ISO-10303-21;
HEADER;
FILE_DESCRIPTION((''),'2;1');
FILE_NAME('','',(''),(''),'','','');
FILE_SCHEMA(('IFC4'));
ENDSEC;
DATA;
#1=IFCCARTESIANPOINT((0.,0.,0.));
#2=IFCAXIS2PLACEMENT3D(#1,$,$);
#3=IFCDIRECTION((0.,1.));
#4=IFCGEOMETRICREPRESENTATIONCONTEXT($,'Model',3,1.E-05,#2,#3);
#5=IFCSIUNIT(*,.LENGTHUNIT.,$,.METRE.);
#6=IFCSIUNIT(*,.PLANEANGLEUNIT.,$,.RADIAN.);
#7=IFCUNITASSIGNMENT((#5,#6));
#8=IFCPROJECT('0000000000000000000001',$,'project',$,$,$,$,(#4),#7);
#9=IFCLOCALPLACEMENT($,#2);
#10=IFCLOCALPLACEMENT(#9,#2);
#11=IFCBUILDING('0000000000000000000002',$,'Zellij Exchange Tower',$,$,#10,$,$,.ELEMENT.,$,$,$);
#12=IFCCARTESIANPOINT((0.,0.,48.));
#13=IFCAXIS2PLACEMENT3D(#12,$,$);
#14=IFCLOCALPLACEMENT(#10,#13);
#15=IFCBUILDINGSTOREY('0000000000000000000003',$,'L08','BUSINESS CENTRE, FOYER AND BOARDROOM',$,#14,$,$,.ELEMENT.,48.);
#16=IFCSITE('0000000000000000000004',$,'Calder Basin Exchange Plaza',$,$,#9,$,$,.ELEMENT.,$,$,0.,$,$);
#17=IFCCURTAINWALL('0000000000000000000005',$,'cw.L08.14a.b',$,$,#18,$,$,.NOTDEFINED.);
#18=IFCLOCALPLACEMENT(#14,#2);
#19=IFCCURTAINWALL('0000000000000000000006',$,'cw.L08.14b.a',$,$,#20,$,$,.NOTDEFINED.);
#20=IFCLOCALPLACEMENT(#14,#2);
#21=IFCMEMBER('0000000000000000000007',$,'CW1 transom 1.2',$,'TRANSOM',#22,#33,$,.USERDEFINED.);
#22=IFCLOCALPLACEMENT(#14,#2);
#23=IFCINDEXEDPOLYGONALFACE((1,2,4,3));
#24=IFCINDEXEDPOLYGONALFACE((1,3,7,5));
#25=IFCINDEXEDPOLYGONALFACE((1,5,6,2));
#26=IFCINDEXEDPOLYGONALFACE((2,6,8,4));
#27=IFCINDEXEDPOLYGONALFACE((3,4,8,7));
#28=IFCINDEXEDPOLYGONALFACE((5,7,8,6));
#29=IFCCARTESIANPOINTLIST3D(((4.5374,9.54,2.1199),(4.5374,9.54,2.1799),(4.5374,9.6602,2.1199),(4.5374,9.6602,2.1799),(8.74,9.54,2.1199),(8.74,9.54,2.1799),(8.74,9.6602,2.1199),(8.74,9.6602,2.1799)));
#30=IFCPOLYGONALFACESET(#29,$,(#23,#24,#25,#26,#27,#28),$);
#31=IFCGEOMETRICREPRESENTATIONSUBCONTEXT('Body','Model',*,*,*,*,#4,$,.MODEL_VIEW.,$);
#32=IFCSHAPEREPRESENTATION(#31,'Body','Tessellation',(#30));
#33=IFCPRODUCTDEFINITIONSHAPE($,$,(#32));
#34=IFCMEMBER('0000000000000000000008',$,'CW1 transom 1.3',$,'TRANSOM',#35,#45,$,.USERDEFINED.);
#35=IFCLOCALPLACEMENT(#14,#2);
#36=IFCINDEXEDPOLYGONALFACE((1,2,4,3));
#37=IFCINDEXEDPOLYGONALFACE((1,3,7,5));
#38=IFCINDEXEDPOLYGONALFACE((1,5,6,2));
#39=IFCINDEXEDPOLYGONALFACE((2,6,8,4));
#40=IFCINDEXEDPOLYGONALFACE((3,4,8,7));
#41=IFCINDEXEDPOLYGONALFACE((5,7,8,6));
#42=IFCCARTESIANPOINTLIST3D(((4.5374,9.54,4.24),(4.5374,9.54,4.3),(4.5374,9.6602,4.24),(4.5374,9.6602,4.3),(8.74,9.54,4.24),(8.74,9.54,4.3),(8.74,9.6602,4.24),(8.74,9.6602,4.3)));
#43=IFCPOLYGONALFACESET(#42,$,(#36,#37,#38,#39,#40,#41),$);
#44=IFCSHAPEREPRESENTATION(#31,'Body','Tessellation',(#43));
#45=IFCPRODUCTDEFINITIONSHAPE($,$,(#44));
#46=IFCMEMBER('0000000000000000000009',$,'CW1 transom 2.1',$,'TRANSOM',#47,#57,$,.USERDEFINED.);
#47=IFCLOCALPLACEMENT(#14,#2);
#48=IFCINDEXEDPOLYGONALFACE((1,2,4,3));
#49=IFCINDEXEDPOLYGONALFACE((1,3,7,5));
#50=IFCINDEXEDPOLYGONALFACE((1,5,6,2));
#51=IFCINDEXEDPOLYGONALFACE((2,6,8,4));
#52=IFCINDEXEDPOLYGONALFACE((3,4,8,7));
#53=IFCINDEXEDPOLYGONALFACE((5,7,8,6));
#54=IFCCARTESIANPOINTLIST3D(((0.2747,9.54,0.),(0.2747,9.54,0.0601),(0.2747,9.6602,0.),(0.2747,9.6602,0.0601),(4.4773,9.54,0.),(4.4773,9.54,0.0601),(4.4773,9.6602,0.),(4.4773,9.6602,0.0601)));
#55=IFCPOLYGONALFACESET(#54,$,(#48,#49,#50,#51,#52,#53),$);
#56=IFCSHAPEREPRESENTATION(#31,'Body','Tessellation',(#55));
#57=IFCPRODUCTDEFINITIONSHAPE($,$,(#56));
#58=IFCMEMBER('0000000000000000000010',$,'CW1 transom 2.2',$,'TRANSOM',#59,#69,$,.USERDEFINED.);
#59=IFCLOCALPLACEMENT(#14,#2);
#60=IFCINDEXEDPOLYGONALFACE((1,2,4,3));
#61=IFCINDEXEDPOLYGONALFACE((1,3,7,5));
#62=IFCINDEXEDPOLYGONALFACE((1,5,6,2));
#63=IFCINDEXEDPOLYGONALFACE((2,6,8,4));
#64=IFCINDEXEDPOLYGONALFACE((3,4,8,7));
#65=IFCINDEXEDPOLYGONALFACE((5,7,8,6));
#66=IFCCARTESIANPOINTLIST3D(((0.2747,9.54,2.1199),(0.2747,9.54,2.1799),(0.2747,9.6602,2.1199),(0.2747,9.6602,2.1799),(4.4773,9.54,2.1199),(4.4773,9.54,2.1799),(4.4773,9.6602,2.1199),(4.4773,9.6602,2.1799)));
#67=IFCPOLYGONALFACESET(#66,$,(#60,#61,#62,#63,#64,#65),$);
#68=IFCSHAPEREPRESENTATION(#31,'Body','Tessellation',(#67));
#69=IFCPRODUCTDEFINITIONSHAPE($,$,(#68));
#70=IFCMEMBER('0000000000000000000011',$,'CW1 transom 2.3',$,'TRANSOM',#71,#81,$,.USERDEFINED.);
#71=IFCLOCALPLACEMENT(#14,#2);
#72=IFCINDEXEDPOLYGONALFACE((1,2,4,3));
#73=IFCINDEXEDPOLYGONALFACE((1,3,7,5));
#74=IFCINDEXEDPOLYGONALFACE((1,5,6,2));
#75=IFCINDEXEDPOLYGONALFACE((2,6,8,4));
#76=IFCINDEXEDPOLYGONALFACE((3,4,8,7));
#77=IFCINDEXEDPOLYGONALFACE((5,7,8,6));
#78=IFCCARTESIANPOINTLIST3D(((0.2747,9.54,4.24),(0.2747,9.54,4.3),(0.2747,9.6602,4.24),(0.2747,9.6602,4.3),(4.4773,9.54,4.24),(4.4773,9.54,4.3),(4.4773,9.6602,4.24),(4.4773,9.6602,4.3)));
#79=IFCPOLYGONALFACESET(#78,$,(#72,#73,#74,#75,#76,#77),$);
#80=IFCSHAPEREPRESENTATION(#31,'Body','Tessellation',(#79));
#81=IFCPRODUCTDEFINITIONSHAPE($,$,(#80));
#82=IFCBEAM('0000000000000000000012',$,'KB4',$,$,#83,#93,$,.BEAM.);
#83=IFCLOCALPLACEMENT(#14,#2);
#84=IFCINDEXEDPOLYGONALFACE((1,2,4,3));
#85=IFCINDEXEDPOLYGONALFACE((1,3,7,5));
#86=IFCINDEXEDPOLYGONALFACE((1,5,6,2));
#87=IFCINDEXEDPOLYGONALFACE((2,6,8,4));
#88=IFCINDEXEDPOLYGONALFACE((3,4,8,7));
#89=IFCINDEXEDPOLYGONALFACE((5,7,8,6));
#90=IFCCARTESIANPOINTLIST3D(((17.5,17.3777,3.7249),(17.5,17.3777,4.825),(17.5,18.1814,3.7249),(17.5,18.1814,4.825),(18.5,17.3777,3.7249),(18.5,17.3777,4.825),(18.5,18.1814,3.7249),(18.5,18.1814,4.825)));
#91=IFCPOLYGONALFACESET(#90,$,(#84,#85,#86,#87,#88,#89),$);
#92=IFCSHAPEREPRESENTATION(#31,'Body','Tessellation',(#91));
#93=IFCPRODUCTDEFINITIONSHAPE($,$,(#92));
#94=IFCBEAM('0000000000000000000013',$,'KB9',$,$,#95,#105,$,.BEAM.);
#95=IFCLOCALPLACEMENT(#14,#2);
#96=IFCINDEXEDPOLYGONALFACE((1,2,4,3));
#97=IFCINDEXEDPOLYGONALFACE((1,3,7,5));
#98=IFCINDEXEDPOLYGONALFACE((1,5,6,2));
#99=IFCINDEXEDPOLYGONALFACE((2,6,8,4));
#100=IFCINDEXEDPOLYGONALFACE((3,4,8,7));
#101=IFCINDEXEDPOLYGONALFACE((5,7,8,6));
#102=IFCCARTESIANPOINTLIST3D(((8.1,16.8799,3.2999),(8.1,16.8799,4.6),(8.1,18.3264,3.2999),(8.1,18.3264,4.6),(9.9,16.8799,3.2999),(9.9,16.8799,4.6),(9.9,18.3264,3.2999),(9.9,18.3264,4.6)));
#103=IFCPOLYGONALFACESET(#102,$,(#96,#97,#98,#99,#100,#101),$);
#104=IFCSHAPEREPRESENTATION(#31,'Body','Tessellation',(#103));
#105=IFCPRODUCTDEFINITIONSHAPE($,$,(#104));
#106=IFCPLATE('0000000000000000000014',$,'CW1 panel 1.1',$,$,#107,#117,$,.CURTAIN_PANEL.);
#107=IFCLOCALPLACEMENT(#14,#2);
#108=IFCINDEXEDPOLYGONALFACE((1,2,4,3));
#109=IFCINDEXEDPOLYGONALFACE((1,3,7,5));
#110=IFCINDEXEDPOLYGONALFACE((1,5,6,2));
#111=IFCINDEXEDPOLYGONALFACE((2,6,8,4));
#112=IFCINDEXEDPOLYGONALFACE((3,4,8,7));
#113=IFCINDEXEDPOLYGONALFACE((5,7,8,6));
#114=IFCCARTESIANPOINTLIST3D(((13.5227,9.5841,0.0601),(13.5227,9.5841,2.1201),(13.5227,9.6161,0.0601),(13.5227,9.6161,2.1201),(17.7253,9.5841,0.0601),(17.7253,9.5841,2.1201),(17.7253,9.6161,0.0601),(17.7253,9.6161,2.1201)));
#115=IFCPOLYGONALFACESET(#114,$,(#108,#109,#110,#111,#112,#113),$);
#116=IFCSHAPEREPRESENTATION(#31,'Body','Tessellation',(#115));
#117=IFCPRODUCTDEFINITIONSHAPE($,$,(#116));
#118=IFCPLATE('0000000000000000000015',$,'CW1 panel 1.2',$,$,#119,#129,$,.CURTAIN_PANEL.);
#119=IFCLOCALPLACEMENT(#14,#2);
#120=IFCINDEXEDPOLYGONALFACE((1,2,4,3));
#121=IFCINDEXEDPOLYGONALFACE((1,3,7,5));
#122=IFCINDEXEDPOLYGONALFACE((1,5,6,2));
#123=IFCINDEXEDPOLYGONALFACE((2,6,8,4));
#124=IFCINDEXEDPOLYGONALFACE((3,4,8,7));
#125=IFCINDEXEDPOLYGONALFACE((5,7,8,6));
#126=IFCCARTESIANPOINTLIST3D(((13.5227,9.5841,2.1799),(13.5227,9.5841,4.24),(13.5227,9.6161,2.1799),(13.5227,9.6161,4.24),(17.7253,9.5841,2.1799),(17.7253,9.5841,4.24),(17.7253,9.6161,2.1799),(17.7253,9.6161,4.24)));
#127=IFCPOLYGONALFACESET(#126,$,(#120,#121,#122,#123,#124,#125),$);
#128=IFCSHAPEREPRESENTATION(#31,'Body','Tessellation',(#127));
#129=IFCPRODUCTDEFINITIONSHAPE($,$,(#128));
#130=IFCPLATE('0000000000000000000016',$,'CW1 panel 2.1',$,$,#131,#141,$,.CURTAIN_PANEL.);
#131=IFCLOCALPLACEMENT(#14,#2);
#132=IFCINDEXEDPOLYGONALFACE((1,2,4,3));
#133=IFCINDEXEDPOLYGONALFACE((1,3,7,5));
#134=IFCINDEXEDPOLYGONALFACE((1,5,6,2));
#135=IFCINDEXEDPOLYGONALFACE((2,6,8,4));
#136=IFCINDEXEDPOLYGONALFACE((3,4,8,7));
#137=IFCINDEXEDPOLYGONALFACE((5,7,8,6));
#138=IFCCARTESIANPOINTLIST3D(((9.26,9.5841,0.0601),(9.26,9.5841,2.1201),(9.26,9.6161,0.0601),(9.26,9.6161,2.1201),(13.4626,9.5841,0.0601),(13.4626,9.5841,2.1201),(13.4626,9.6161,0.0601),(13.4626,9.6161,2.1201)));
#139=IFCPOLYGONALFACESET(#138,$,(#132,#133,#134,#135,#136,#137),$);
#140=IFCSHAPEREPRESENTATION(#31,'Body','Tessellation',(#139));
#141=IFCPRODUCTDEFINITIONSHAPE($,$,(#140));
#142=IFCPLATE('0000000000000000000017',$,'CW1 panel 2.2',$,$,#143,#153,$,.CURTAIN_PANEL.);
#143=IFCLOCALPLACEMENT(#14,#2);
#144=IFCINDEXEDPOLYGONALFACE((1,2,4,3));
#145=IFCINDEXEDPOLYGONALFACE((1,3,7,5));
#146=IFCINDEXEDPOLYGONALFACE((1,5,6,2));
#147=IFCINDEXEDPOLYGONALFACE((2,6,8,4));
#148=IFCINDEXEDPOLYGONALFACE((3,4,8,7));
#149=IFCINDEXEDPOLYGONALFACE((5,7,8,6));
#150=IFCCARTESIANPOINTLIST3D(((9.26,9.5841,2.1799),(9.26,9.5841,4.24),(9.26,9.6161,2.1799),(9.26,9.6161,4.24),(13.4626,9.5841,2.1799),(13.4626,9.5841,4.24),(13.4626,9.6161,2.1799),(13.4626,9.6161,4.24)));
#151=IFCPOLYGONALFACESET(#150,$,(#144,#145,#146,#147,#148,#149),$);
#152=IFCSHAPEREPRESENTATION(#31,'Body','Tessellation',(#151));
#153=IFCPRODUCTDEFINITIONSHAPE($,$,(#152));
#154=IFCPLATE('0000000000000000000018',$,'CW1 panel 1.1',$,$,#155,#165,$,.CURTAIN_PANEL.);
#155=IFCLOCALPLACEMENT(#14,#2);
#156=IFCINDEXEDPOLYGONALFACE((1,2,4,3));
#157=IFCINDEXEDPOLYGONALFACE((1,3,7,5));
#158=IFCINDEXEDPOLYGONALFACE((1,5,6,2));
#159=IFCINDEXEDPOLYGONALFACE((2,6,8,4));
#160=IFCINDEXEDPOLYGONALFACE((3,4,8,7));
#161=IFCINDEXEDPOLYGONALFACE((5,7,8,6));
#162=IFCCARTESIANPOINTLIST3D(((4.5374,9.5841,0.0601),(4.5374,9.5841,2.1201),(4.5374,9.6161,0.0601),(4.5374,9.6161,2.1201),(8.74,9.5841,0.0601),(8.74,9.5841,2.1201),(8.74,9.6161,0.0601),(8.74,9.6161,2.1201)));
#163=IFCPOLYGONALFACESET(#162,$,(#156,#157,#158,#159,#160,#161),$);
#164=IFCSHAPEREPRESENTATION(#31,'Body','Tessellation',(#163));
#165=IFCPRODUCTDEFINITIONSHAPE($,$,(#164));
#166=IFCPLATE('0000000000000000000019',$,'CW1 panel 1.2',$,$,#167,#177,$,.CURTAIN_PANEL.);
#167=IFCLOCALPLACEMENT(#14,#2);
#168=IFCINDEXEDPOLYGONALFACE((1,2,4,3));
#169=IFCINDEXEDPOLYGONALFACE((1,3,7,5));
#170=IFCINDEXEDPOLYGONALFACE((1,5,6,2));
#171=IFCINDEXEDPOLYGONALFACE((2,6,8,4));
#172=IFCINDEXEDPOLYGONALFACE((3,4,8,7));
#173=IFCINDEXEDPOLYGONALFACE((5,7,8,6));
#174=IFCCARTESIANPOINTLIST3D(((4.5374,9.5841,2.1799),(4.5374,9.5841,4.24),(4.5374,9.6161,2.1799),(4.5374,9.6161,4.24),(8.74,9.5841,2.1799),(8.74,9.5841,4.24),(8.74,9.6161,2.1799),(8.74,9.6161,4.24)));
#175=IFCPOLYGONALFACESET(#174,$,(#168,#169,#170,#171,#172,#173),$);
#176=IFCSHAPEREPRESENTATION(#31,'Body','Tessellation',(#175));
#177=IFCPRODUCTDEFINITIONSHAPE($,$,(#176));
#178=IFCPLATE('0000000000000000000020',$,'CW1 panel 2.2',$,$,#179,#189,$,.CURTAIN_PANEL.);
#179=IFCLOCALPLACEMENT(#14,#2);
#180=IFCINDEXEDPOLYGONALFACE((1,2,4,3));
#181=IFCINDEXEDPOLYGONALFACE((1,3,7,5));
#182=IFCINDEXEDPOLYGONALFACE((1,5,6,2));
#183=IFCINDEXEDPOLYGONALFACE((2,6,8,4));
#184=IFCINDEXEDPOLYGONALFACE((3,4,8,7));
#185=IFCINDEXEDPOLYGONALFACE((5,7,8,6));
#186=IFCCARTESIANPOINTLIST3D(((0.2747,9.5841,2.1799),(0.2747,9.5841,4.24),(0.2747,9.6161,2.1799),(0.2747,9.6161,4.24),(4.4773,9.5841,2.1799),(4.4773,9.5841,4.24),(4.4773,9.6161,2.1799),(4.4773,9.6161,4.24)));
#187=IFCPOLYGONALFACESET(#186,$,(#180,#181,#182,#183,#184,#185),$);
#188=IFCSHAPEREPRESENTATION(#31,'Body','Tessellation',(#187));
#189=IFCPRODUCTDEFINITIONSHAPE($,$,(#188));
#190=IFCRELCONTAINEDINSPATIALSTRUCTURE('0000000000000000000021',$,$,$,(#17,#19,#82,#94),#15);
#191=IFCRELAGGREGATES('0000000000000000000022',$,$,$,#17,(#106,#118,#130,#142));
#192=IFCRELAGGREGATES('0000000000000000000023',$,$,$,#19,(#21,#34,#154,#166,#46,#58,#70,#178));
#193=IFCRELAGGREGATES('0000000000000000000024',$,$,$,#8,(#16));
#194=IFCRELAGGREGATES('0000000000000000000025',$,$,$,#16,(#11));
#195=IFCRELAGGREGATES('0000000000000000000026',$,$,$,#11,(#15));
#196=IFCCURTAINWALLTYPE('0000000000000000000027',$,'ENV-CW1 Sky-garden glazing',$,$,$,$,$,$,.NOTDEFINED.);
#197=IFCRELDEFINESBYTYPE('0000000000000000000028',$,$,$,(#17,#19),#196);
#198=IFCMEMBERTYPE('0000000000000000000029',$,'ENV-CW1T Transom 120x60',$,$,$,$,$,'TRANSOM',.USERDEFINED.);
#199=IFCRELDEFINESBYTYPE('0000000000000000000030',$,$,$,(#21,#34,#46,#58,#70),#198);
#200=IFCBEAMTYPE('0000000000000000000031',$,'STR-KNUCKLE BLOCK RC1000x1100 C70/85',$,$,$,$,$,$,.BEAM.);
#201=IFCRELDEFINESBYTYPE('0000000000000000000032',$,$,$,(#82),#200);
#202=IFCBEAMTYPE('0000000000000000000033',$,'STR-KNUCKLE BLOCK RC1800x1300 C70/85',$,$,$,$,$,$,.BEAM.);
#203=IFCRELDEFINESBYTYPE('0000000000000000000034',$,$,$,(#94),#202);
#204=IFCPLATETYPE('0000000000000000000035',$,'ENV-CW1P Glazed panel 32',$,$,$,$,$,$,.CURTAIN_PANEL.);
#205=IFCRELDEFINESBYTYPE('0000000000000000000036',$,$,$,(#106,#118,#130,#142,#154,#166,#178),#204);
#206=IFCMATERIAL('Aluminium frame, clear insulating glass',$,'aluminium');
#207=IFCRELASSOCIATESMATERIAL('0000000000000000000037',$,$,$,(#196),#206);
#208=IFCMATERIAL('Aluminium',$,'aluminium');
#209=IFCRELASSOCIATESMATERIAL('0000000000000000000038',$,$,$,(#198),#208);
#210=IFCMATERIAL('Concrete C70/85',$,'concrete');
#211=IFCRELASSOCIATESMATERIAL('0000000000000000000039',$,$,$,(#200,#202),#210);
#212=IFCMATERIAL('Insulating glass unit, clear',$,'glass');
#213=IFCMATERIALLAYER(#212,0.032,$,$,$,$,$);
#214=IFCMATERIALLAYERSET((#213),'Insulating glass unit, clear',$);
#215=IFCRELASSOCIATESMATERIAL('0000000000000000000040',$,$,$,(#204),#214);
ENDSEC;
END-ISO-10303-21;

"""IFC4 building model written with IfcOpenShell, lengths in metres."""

from ifc_helpers import new_model, si_unit, direction, frame, origin, origin_2d, place, context, subcontext, project, spatial, rectangle, extrude, material, layer, layer_set, material_profile, profile_set, type_object, element, aggregate, save


model = new_model("IFC4")

# Units and contexts
model_context = context("Model", 3, precision=1e-05, world=origin(), true_north=direction((0.0, 1.0)))
body_context = subcontext(model_context, "Body", "Model", "MODEL_VIEW")
ifc_project = project(units=[si_unit("LENGTHUNIT", "METRE"), si_unit("PLANEANGLEUNIT", "RADIAN")], contexts=[model_context])

# Site, building, storey
site_placement = place(None, origin())
site = spatial("IfcSite", under=ifc_project, at=site_placement, Name="Calder Basin Exchange Plaza", CompositionType="ELEMENT", RefElevation=0.0)
building_placement = place(site_placement, origin())
building = spatial("IfcBuilding", under=site, at=building_placement, Name="Zellij Exchange Tower", CompositionType="ELEMENT")
storey_placement = place(building_placement, frame((0.0, 0.0, 48.0)))
storey = spatial("IfcBuildingStorey", under=building, at=storey_placement, Name="L08", Description="BUSINESS CENTRE, FOYER AND BOARDROOM", CompositionType="ELEMENT", Elevation=48.0)

# Shared definitions
ifc_material_1 = material(Name="Concrete C70/85", Category="concrete")

# Curtain walls
ifc_material_2 = material(Name="Aluminium frame, clear insulating glass", Category="aluminium")
curtain_wall_type = type_object("IfcCurtainWallType", Name="ENV-CW1 Sky-garden glazing", PredefinedType="NOTDEFINED", material=ifc_material_2)
curtain_wall_1_placement = place(storey_placement, origin())
curtain_wall_1 = element("IfcCurtainWall", 1, at=curtain_wall_1_placement, inside=storey, type_object=curtain_wall_type, Name="cw.L08.14a.b", PredefinedType="NOTDEFINED")
ifc_material_3 = material(Name="Aluminium", Category="aluminium")
curtain_wall_2_placement = place(storey_placement, origin())
curtain_wall_2 = element("IfcCurtainWall", 2, at=curtain_wall_2_placement, inside=storey, type_object=curtain_wall_type, Name="cw.L08.14b.a", PredefinedType="NOTDEFINED")

# Members
ifc_material_profile_1 = material_profile(ifc_material_3, rectangle(XDim=0.1201, YDim=0.0601, at=origin_2d()), Name="AL 120x60")
ifc_profile_set_1 = profile_set([ifc_material_profile_1], Name="Aluminium")
member_type_1 = type_object("IfcMemberType", Name="ENV-CW1T Transom 120x60", ElementType="TRANSOM", PredefinedType="USERDEFINED", material=ifc_profile_set_1)
member_1_placement = place(storey_placement, frame((8.74, 9.6001, 2.1499), z_axis=(-1.0, 0.0, 0.0), x_axis=(0.0, -1.0, 0.0)))
member_1 = element("IfcMember", 3, at=member_1_placement, type_object=member_type_1, Name="CW1 transom 1.2", ObjectType="TRANSOM", PredefinedType="USERDEFINED", context=body_context, shape_type="SweptSolid", body=[
    extrude(rectangle(XDim=0.1201, YDim=0.0601, at=origin_2d()), origin(), (0.0, 0.0, 1.0), 4.2026),
])
member_2_placement = place(storey_placement, frame((8.74, 9.6001, 4.27), z_axis=(-1.0, 0.0, 0.0), x_axis=(0.0, -1.0, 0.0)))
member_2 = element("IfcMember", 4, at=member_2_placement, type_object=member_type_1, Name="CW1 transom 1.3", ObjectType="TRANSOM", PredefinedType="USERDEFINED", context=body_context, shape_type="SweptSolid", body=[
    extrude(rectangle(XDim=0.1201, YDim=0.0601, at=origin_2d()), origin(), (0.0, 0.0, 1.0), 4.2026),
])
member_3_placement = place(storey_placement, frame((4.4773, 9.6001, 0.03), z_axis=(-1.0, 0.0, 0.0), x_axis=(0.0, -1.0, 0.0)))
member_3 = element("IfcMember", 5, at=member_3_placement, type_object=member_type_1, Name="CW1 transom 2.1", ObjectType="TRANSOM", PredefinedType="USERDEFINED", context=body_context, shape_type="SweptSolid", body=[
    extrude(rectangle(XDim=0.1201, YDim=0.0601, at=origin_2d()), origin(), (0.0, 0.0, 1.0), 4.2026),
])
member_4_placement = place(storey_placement, frame((4.4773, 9.6001, 2.1499), z_axis=(-1.0, 0.0, 0.0), x_axis=(0.0, -1.0, 0.0)))
member_4 = element("IfcMember", 6, at=member_4_placement, type_object=member_type_1, Name="CW1 transom 2.2", ObjectType="TRANSOM", PredefinedType="USERDEFINED", context=body_context, shape_type="SweptSolid", body=[
    extrude(rectangle(XDim=0.1201, YDim=0.0601, at=origin_2d()), origin(), (0.0, 0.0, 1.0), 4.2026),
])
member_5_placement = place(storey_placement, frame((4.4773, 9.6001, 4.27), z_axis=(-1.0, 0.0, 0.0), x_axis=(0.0, -1.0, 0.0)))
member_5 = element("IfcMember", 7, at=member_5_placement, type_object=member_type_1, Name="CW1 transom 2.3", ObjectType="TRANSOM", PredefinedType="USERDEFINED", context=body_context, shape_type="SweptSolid", body=[
    extrude(rectangle(XDim=0.1201, YDim=0.0601, at=origin_2d()), origin(), (0.0, 0.0, 1.0), 4.2026),
])

# Beams
ifc_material_profile_2 = material_profile(ifc_material_1, rectangle(XDim=1.0, YDim=1.1001, at=origin_2d()), Name="STR-KNUCKLE BLOCK RC1000x1100 C70/85")
ifc_profile_set_2 = profile_set([ifc_material_profile_2], Name="Concrete C70/85")
beam_type_1 = type_object("IfcBeamType", Name="STR-KNUCKLE BLOCK RC1000x1100 C70/85", PredefinedType="BEAM", material=ifc_profile_set_2)
beam_1_placement = place(storey_placement, frame((18.0, 17.3777, 4.2749), z_axis=(0.0, 1.0, 0.0), x_axis=(-1.0, 0.0, 0.0)))
element("IfcBeam", 8, at=beam_1_placement, inside=storey, type_object=beam_type_1, Name="KB4", PredefinedType="BEAM", context=body_context, shape_type="SweptSolid", body=[
    extrude(rectangle(XDim=1.0, YDim=1.1001, at=origin_2d()), origin(), (0.0, 0.0, 1.0), 0.8037),
])
ifc_material_profile_3 = material_profile(ifc_material_1, rectangle(XDim=1.8, YDim=1.3, at=origin_2d()), Name="STR-KNUCKLE BLOCK RC1800x1300 C70/85")
ifc_profile_set_3 = profile_set([ifc_material_profile_3], Name="Concrete C70/85")
beam_type_2 = type_object("IfcBeamType", Name="STR-KNUCKLE BLOCK RC1800x1300 C70/85", PredefinedType="BEAM", material=ifc_profile_set_3)
beam_2_placement = place(storey_placement, frame((9.0, 16.8799, 3.95), z_axis=(0.0, 1.0, 0.0), x_axis=(-1.0, 0.0, 0.0)))
element("IfcBeam", 9, at=beam_2_placement, inside=storey, type_object=beam_type_2, Name="KB9", PredefinedType="BEAM", context=body_context, shape_type="SweptSolid", body=[
    extrude(rectangle(XDim=1.8, YDim=1.3, at=origin_2d()), origin(), (0.0, 0.0, 1.0), 1.4465),
])

# Plates
ifc_material_4 = material(Name="Insulating glass unit, clear", Category="glass")
ifc_layer_1 = layer(ifc_material_4, 0.032)
ifc_layer_set_1 = layer_set([ifc_layer_1], Name="Insulating glass unit, clear")
plate_type = type_object("IfcPlateType", Name="ENV-CW1P Glazed panel 32", PredefinedType="CURTAIN_PANEL", material=ifc_layer_set_1)
plate_1_placement = place(storey_placement, frame((15.624, 9.6001, 0.0601), z_axis=(0.0, 0.0, 1.0), x_axis=(-1.0, 0.0, 0.0)))
plate_1 = element("IfcPlate", 10, at=plate_1_placement, type_object=plate_type, Name="CW1 panel 1.1", PredefinedType="CURTAIN_PANEL", context=body_context, shape_type="SweptSolid", body=[
    extrude(rectangle(XDim=4.2026, YDim=0.032, at=origin_2d()), origin(), (0.0, 0.0, 1.0), 2.0601),
])
plate_2_placement = place(storey_placement, frame((15.624, 9.6001, 2.1799), z_axis=(0.0, 0.0, 1.0), x_axis=(-1.0, 0.0, 0.0)))
plate_2 = element("IfcPlate", 11, at=plate_2_placement, type_object=plate_type, Name="CW1 panel 1.2", PredefinedType="CURTAIN_PANEL", context=body_context, shape_type="SweptSolid", body=[
    extrude(rectangle(XDim=4.2026, YDim=0.032, at=origin_2d()), origin(), (0.0, 0.0, 1.0), 2.0601),
])
plate_3_placement = place(storey_placement, frame((11.3613, 9.6001, 0.0601), z_axis=(0.0, 0.0, 1.0), x_axis=(-1.0, 0.0, 0.0)))
plate_3 = element("IfcPlate", 12, at=plate_3_placement, type_object=plate_type, Name="CW1 panel 2.1", PredefinedType="CURTAIN_PANEL", context=body_context, shape_type="SweptSolid", body=[
    extrude(rectangle(XDim=4.2026, YDim=0.032, at=origin_2d()), origin(), (0.0, 0.0, 1.0), 2.0601),
])
plate_4_placement = place(storey_placement, frame((11.3613, 9.6001, 2.1799), z_axis=(0.0, 0.0, 1.0), x_axis=(-1.0, 0.0, 0.0)))
plate_4 = element("IfcPlate", 13, at=plate_4_placement, type_object=plate_type, Name="CW1 panel 2.2", PredefinedType="CURTAIN_PANEL", context=body_context, shape_type="SweptSolid", body=[
    extrude(rectangle(XDim=4.2026, YDim=0.032, at=origin_2d()), origin(), (0.0, 0.0, 1.0), 2.0601),
])
aggregate(curtain_wall_1, [plate_1, plate_2, plate_3, plate_4])
plate_5_placement = place(storey_placement, frame((6.6387, 9.6001, 0.0601), z_axis=(0.0, 0.0, 1.0), x_axis=(-1.0, 0.0, 0.0)))
plate_5 = element("IfcPlate", 14, at=plate_5_placement, type_object=plate_type, Name="CW1 panel 1.1", PredefinedType="CURTAIN_PANEL", context=body_context, shape_type="SweptSolid", body=[
    extrude(rectangle(XDim=4.2026, YDim=0.032, at=origin_2d()), origin(), (0.0, 0.0, 1.0), 2.0601),
])
plate_6_placement = place(storey_placement, frame((6.6387, 9.6001, 2.1799), z_axis=(0.0, 0.0, 1.0), x_axis=(-1.0, 0.0, 0.0)))
plate_6 = element("IfcPlate", 15, at=plate_6_placement, type_object=plate_type, Name="CW1 panel 1.2", PredefinedType="CURTAIN_PANEL", context=body_context, shape_type="SweptSolid", body=[
    extrude(rectangle(XDim=4.2026, YDim=0.032, at=origin_2d()), origin(), (0.0, 0.0, 1.0), 2.0601),
])
plate_7_placement = place(storey_placement, frame((2.376, 9.6001, 2.1799), z_axis=(0.0, 0.0, 1.0), x_axis=(-1.0, 0.0, 0.0)))
plate_7 = element("IfcPlate", 16, at=plate_7_placement, type_object=plate_type, Name="CW1 panel 2.2", PredefinedType="CURTAIN_PANEL", context=body_context, shape_type="SweptSolid", body=[
    extrude(rectangle(XDim=4.2026, YDim=0.032, at=origin_2d()), origin(), (0.0, 0.0, 1.0), 2.0601),
])
aggregate(curtain_wall_2, [member_1, member_2, plate_5, plate_6, member_3, member_4, member_5, plate_7])

save(model, "model.ifc")
